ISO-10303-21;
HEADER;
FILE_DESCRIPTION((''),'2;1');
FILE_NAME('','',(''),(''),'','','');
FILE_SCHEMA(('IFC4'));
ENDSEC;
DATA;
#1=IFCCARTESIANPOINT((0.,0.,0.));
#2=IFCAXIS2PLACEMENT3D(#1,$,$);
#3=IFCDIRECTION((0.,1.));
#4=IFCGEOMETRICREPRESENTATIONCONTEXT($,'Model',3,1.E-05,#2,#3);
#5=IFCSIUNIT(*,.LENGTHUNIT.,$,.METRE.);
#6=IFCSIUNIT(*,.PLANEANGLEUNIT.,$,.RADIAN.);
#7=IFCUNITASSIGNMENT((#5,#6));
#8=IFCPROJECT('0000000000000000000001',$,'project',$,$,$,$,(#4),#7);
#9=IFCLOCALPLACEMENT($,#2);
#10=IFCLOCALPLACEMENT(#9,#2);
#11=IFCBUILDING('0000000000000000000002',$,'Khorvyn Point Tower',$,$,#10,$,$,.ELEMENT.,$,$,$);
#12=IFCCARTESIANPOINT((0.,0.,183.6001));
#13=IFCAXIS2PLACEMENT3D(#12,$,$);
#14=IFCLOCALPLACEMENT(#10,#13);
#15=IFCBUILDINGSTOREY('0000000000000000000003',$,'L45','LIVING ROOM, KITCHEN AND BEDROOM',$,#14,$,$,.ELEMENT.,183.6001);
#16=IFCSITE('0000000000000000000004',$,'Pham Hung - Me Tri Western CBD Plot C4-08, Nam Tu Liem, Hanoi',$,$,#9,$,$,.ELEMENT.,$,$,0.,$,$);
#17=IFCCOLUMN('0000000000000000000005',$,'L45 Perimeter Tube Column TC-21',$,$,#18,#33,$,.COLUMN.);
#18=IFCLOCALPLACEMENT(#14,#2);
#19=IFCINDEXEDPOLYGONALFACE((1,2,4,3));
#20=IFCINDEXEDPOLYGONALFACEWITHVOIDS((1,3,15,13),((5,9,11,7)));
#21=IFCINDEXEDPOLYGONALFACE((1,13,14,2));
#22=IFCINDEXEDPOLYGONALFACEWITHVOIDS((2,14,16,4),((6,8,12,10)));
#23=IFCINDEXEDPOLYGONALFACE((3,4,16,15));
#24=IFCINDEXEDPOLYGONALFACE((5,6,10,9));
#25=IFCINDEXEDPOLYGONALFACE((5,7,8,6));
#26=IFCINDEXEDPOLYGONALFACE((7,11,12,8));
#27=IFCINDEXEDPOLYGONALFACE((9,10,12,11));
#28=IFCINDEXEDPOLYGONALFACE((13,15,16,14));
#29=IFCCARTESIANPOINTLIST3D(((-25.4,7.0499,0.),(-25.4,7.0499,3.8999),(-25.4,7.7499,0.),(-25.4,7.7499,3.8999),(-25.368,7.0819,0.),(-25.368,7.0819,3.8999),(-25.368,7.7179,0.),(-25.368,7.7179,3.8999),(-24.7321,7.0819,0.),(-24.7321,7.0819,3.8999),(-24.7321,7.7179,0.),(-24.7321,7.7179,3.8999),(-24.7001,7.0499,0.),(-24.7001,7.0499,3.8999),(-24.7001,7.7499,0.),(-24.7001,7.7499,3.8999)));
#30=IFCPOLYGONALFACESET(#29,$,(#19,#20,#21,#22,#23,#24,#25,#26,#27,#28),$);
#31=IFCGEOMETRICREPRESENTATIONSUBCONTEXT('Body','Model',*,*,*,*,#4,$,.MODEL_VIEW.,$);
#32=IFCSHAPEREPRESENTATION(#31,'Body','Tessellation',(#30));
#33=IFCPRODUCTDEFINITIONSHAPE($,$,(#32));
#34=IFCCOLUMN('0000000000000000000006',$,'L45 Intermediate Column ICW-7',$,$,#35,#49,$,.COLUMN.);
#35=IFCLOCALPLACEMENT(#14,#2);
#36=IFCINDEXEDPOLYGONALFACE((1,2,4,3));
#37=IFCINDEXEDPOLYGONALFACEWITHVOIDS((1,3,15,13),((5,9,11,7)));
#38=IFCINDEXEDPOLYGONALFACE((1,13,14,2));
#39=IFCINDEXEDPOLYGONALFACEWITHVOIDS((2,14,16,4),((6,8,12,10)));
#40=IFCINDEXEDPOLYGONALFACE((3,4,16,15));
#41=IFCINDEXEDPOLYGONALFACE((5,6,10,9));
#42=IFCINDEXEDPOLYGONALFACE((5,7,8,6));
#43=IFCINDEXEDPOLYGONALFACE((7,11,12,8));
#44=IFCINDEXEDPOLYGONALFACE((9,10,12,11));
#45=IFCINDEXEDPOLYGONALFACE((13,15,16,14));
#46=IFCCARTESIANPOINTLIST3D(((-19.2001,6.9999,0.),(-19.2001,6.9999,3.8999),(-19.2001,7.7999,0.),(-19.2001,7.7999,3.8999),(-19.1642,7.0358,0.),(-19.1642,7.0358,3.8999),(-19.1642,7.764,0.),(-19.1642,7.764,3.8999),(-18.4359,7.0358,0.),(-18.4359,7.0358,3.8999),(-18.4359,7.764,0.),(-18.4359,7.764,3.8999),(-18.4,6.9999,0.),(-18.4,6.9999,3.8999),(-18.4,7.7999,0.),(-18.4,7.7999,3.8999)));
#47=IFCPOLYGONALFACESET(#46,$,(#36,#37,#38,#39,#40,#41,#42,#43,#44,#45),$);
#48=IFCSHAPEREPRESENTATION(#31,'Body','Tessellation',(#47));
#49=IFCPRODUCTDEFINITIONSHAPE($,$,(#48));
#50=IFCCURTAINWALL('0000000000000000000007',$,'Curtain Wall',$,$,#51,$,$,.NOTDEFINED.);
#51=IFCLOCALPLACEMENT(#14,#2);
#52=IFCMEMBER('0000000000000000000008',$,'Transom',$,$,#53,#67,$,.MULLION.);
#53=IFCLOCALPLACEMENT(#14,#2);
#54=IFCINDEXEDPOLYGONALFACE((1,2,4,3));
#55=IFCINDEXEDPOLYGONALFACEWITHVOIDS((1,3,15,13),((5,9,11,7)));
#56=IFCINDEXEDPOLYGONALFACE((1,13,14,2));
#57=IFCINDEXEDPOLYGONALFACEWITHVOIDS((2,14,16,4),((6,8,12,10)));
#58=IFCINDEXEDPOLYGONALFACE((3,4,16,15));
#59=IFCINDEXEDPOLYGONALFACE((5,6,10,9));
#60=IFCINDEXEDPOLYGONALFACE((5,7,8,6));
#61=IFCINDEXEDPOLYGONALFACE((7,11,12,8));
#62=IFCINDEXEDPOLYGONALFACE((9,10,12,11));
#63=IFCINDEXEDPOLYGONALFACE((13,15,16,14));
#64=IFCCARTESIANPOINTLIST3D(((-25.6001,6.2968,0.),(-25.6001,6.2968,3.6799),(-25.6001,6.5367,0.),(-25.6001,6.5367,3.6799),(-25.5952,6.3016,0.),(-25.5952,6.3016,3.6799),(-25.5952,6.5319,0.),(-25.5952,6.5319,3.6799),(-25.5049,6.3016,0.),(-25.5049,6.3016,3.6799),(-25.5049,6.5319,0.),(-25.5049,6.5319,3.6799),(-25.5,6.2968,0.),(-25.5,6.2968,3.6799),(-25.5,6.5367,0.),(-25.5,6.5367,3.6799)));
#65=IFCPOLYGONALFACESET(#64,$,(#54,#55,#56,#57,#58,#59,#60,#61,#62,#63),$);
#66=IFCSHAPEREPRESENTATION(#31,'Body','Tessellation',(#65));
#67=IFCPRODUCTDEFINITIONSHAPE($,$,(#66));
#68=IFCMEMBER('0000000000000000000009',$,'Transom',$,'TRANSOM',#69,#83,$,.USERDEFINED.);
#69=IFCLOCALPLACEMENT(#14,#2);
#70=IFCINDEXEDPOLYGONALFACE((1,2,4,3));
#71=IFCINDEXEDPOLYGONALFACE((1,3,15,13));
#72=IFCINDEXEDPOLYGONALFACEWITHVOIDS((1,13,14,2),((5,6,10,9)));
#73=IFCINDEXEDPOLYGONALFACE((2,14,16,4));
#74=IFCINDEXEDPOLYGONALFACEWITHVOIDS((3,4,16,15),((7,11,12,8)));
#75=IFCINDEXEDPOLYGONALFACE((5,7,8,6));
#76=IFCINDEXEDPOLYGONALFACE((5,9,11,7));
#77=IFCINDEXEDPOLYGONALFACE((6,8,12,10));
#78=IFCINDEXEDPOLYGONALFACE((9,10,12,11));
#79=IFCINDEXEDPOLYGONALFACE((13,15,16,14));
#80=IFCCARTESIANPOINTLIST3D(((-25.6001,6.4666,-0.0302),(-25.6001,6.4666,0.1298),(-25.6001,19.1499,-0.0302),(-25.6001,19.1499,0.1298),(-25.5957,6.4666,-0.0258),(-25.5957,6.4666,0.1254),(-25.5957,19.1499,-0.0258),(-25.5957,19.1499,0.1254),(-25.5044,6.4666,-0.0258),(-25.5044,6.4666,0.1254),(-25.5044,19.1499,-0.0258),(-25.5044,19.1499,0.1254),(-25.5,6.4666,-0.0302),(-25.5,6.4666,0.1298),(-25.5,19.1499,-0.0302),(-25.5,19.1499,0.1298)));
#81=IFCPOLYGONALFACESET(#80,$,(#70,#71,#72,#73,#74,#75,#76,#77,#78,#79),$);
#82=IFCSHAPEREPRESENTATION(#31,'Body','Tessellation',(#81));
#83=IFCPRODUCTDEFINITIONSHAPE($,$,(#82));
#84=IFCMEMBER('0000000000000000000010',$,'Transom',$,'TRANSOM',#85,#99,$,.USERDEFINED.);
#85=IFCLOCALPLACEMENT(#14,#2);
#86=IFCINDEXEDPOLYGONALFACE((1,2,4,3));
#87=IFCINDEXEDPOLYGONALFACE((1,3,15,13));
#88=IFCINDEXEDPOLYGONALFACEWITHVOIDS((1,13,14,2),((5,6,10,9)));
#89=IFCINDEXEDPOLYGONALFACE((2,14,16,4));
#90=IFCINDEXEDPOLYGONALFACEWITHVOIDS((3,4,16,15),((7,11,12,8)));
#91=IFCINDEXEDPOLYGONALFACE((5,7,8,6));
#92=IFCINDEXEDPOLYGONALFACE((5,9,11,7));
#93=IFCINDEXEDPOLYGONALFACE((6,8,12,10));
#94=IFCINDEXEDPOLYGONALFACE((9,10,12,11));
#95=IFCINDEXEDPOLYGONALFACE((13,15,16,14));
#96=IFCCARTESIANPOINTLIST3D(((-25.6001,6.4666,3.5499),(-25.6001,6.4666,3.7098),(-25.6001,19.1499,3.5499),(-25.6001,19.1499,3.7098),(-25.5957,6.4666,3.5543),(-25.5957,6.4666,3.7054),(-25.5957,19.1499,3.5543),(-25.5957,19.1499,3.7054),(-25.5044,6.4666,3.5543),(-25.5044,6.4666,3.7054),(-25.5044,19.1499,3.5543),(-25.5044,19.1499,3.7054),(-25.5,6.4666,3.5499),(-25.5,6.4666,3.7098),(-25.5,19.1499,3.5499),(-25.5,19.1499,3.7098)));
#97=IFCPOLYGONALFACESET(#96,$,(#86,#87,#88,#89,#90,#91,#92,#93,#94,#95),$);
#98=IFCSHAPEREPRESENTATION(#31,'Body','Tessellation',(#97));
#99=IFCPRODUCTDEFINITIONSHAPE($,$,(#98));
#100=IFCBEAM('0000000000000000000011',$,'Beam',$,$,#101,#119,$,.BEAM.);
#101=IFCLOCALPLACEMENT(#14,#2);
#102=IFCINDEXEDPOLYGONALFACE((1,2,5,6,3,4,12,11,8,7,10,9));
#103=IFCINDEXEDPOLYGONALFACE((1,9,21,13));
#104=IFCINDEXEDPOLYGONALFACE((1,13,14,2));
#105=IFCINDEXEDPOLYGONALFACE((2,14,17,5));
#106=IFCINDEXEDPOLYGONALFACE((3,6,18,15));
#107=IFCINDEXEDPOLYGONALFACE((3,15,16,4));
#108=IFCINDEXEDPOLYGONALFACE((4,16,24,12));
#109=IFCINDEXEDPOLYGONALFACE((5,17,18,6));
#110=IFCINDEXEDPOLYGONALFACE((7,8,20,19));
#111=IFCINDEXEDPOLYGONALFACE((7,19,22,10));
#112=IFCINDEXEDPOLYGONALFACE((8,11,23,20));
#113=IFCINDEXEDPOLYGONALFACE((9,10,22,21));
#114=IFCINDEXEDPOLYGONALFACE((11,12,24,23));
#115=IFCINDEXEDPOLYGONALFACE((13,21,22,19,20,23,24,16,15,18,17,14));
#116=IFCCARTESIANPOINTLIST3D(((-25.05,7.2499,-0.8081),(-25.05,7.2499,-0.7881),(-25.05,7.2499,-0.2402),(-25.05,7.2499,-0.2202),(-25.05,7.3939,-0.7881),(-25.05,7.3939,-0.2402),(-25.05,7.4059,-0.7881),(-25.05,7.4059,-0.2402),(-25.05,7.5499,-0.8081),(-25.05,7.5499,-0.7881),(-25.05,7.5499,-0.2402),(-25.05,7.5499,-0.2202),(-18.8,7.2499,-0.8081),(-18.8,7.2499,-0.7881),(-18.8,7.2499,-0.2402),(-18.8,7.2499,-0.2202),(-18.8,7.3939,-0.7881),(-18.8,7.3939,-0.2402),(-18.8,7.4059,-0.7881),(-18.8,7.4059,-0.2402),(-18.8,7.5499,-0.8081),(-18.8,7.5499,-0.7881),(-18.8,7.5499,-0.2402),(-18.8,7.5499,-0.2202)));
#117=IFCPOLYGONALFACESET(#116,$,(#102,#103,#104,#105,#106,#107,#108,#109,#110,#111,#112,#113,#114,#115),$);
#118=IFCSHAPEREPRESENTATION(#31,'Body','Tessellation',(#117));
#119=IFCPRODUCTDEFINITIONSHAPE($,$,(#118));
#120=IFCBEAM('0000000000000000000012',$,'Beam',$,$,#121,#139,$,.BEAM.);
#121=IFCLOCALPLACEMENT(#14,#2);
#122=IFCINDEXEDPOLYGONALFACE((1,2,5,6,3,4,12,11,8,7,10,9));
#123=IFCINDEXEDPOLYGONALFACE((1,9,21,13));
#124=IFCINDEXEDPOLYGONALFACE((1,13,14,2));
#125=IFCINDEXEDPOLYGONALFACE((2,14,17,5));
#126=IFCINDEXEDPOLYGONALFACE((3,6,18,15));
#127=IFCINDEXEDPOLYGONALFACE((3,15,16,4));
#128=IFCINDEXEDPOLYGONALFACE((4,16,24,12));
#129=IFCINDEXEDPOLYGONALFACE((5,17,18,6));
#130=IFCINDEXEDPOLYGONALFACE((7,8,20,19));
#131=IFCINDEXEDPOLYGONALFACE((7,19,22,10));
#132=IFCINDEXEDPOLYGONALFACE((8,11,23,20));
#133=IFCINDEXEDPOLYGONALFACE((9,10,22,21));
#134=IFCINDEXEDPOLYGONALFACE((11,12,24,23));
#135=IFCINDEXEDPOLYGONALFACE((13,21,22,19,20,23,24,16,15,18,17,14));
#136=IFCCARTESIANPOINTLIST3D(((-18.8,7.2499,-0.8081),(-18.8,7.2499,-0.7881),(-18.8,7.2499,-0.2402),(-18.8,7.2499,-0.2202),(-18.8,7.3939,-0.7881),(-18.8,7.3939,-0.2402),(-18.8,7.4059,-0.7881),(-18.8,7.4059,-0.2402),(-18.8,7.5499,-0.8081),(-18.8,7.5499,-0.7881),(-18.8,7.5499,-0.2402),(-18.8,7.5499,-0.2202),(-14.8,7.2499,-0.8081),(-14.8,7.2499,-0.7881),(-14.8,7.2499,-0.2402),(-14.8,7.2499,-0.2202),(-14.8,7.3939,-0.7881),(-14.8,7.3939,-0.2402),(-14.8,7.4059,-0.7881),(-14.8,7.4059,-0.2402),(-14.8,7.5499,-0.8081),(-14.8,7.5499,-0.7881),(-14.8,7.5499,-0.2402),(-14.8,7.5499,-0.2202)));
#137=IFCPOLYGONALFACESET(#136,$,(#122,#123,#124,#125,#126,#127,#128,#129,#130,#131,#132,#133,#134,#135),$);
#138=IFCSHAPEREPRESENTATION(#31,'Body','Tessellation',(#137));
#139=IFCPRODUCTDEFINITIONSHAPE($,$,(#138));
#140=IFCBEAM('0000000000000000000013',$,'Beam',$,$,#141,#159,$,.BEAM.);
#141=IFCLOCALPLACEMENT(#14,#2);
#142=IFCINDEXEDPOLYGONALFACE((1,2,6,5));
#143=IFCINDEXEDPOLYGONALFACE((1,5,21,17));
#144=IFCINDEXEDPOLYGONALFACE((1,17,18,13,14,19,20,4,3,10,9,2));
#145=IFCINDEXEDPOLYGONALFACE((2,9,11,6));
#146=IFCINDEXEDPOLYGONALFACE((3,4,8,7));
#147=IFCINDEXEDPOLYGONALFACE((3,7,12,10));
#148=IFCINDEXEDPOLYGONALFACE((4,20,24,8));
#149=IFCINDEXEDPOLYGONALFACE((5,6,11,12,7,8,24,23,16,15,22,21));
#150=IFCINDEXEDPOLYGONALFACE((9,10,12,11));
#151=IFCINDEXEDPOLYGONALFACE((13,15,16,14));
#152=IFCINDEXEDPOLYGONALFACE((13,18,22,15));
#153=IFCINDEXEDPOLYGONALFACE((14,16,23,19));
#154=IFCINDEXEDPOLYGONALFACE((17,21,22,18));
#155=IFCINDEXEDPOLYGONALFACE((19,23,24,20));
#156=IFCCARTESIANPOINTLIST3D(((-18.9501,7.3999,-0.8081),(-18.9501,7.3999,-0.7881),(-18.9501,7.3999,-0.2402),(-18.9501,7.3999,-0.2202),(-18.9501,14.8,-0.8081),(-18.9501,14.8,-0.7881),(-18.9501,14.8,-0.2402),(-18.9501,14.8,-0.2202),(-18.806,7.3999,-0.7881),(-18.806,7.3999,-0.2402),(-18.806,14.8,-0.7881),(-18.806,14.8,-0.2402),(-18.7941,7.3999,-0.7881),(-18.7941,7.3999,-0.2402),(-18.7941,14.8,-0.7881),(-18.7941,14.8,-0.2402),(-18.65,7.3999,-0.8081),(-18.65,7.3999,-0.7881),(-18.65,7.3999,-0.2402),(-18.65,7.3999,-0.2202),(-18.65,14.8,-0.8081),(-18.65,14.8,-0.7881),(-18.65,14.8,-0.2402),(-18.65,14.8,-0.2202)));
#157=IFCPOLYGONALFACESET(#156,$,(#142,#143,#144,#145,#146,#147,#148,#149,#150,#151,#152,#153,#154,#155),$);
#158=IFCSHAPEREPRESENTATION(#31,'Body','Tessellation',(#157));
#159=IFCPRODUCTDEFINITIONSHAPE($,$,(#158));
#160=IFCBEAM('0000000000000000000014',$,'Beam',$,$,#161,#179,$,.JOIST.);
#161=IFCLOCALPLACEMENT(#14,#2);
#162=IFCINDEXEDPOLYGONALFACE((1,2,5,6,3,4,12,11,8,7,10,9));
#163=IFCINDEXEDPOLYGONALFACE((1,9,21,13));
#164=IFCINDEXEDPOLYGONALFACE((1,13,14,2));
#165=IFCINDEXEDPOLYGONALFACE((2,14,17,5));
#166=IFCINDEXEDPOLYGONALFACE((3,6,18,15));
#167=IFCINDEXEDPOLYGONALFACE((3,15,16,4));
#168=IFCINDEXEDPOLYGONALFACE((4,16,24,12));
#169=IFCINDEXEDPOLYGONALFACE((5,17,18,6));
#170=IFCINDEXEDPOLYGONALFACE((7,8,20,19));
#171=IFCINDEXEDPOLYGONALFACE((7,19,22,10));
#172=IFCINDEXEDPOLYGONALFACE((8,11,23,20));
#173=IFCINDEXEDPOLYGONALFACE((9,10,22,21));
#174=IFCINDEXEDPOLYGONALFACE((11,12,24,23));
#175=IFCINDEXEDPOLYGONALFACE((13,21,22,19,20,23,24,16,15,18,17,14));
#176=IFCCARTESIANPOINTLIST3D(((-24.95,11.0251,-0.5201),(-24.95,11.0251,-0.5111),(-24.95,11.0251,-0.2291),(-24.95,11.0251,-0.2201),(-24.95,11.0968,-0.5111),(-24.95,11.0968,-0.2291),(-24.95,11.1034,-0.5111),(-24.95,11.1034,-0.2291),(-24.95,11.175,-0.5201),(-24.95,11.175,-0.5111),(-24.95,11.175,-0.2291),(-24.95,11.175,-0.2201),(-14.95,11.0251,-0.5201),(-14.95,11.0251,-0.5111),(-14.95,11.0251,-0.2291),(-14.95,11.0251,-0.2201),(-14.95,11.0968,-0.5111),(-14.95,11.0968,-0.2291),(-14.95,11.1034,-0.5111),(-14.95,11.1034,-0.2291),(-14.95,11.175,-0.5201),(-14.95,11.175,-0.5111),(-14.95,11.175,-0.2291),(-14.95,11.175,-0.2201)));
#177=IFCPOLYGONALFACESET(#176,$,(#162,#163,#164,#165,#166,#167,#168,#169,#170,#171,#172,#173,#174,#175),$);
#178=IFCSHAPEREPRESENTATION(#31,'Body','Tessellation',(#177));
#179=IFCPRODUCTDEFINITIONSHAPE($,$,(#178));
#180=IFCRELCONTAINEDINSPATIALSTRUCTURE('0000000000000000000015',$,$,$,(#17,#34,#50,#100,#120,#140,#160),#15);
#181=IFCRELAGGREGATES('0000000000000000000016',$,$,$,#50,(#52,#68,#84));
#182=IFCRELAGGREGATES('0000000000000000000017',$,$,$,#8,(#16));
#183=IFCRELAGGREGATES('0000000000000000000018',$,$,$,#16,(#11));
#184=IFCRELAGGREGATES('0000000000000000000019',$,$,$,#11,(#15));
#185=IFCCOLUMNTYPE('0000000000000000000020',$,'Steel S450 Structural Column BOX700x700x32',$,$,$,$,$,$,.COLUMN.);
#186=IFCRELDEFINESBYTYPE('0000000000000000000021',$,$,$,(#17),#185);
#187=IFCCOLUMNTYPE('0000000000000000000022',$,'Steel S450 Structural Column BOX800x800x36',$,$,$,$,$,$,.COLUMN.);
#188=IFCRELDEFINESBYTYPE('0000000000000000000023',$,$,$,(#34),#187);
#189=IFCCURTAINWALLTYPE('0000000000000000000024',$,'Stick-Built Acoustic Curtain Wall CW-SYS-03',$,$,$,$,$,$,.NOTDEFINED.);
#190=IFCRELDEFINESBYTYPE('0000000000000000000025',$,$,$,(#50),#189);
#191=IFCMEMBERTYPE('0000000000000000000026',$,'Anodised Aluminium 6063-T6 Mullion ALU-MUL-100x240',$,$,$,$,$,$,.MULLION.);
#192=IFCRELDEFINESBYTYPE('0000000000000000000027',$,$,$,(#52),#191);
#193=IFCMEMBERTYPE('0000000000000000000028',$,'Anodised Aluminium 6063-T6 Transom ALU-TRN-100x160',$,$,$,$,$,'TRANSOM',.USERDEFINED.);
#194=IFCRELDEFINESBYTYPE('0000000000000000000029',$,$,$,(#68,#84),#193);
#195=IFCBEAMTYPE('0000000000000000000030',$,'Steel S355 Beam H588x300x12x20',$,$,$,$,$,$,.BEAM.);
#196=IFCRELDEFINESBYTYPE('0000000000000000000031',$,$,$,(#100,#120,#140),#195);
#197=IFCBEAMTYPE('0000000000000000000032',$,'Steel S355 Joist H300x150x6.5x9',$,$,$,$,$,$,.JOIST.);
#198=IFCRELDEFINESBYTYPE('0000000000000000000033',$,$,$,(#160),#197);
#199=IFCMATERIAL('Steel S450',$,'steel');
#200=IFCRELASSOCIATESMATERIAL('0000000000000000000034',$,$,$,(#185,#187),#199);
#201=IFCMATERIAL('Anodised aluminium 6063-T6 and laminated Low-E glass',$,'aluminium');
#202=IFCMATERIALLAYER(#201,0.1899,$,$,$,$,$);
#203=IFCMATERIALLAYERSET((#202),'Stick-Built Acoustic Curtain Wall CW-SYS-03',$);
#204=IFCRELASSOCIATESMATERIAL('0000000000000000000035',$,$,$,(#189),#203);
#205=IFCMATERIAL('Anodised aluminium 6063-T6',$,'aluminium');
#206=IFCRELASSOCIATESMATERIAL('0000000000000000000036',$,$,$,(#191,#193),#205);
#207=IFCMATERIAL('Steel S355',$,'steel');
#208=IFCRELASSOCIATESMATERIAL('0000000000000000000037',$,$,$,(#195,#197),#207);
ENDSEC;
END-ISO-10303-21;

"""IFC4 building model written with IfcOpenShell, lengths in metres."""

from ifc_helpers import new_model, si_unit, direction, frame, origin, origin_2d, place, context, subcontext, project, spatial, hollow_rectangle, i_section, extrude, material, layer, layer_set, material_profile, profile_set, type_object, element, aggregate, save


model = new_model("IFC4")

# Units and contexts
model_context = context("Model", 3, precision=1e-05, world=origin(), true_north=direction((0.0, 1.0)))
body_context = subcontext(model_context, "Body", "Model", "MODEL_VIEW")
ifc_project = project(units=[si_unit("LENGTHUNIT", "METRE"), si_unit("PLANEANGLEUNIT", "RADIAN")], contexts=[model_context])

# Site, building, storey
site_placement = place(None, origin())
site = spatial("IfcSite", under=ifc_project, at=site_placement, Name="Pham Hung - Me Tri Western CBD Plot C4-08, Nam Tu Liem, Hanoi", CompositionType="ELEMENT", RefElevation=0.0)
building_placement = place(site_placement, origin())
building = spatial("IfcBuilding", under=site, at=building_placement, Name="Khorvyn Point Tower", CompositionType="ELEMENT")
storey_placement = place(building_placement, frame((0.0, 0.0, 183.6001)))
storey = spatial("IfcBuildingStorey", under=building, at=storey_placement, Name="L45", Description="LIVING ROOM, KITCHEN AND BEDROOM", CompositionType="ELEMENT", Elevation=183.6001)

# Columns
ifc_material_1 = material(Name="Steel S450", Category="steel")
ifc_material_profile_1 = material_profile(ifc_material_1, hollow_rectangle(XDim=0.7, YDim=0.7, WallThickness=0.032, at=origin_2d()))
ifc_profile_set_1 = profile_set([ifc_material_profile_1], Name="Steel S450 BOX700x700x32")
column_type_1 = type_object("IfcColumnType", Name="Steel S450 Structural Column BOX700x700x32", PredefinedType="COLUMN", material=ifc_profile_set_1)
column_1_placement = place(storey_placement, frame((-25.05, 7.3999, 0.0), z_axis=(0.0, 0.0, 1.0), x_axis=(1.0, 0.0, 0.0)))
element("IfcColumn", 1, at=column_1_placement, inside=storey, type_object=column_type_1, Name="L45 Perimeter Tube Column TC-21", PredefinedType="COLUMN", context=body_context, shape_type="SweptSolid", body=[
    extrude(hollow_rectangle(XDim=0.7, YDim=0.7, WallThickness=0.032, at=origin_2d()), origin(), (0.0, 0.0, 1.0), 3.8999),
])
ifc_material_profile_2 = material_profile(ifc_material_1, hollow_rectangle(XDim=0.8, YDim=0.8, WallThickness=0.0359, at=origin_2d()))
ifc_profile_set_2 = profile_set([ifc_material_profile_2], Name="Steel S450 BOX800x800x36")
column_type_2 = type_object("IfcColumnType", Name="Steel S450 Structural Column BOX800x800x36", PredefinedType="COLUMN", material=ifc_profile_set_2)
column_2_placement = place(storey_placement, frame((-18.8, 7.3999, 0.0), z_axis=(0.0, 0.0, 1.0), x_axis=(1.0, 0.0, 0.0)))
element("IfcColumn", 2, at=column_2_placement, inside=storey, type_object=column_type_2, Name="L45 Intermediate Column ICW-7", PredefinedType="COLUMN", context=body_context, shape_type="SweptSolid", body=[
    extrude(hollow_rectangle(XDim=0.8, YDim=0.8, WallThickness=0.0359, at=origin_2d()), origin(), (0.0, 0.0, 1.0), 3.8999),
])

# Curtain wall, members
ifc_material_2 = material(Name="Anodised aluminium 6063-T6 and laminated Low-E glass", Category="aluminium")
ifc_layer_1 = layer(ifc_material_2, 0.1899)
ifc_layer_set_1 = layer_set([ifc_layer_1], Name="Stick-Built Acoustic Curtain Wall CW-SYS-03")
curtain_wall_type = type_object("IfcCurtainWallType", Name="Stick-Built Acoustic Curtain Wall CW-SYS-03", PredefinedType="NOTDEFINED", material=ifc_layer_set_1)
curtain_wall_placement = place(storey_placement, origin())
curtain_wall = element("IfcCurtainWall", 3, at=curtain_wall_placement, inside=storey, type_object=curtain_wall_type, Name="Curtain Wall", PredefinedType="NOTDEFINED")
ifc_material_3 = material(Name="Anodised aluminium 6063-T6", Category="aluminium")
ifc_material_profile_3 = material_profile(ifc_material_3, hollow_rectangle(XDim=0.1001, YDim=0.24, WallThickness=0.0049, at=origin_2d()))
ifc_profile_set_3 = profile_set([ifc_material_profile_3], Name="Anodised aluminium 6063-T6 ALU-MUL-100x240")
member_type_1 = type_object("IfcMemberType", Name="Anodised Aluminium 6063-T6 Mullion ALU-MUL-100x240", PredefinedType="MULLION", material=ifc_profile_set_3)
member_1_placement = place(storey_placement, frame((-25.55, 6.4167, 0.0), z_axis=(0.0, 0.0, 1.0), x_axis=(-1.0, 0.0, 0.0)))
member_1 = element("IfcMember", 4, at=member_1_placement, type_object=member_type_1, Name="Transom", PredefinedType="MULLION", context=body_context, shape_type="SweptSolid", body=[
    extrude(hollow_rectangle(XDim=0.1001, YDim=0.24, WallThickness=0.0049, at=origin_2d()), origin(), (0.0, 0.0, 1.0), 3.6799),
])
ifc_material_profile_4 = material_profile(ifc_material_3, hollow_rectangle(XDim=0.1001, YDim=0.1599, WallThickness=0.0044, at=origin_2d()))
ifc_profile_set_4 = profile_set([ifc_material_profile_4], Name="Anodised aluminium 6063-T6 ALU-TRN-100x160")
member_type_2 = type_object("IfcMemberType", Name="Anodised Aluminium 6063-T6 Transom ALU-TRN-100x160", ElementType="TRANSOM", PredefinedType="USERDEFINED", material=ifc_profile_set_4)
member_2_placement = place(storey_placement, frame((-25.55, 6.4666, 0.0498), z_axis=(0.0, 1.0, 0.0), x_axis=(-1.0, 0.0, 0.0)))
member_2 = element("IfcMember", 5, at=member_2_placement, type_object=member_type_2, Name="Transom", ObjectType="TRANSOM", PredefinedType="USERDEFINED", context=body_context, shape_type="SweptSolid", body=[
    extrude(hollow_rectangle(XDim=0.1001, YDim=0.1599, WallThickness=0.0044, at=origin_2d()), origin(), (0.0, 0.0, 1.0), 12.6833),
])
member_3_placement = place(storey_placement, frame((-25.55, 6.4666, 3.6299), z_axis=(0.0, 1.0, 0.0), x_axis=(-1.0, 0.0, 0.0)))
member_3 = element("IfcMember", 6, at=member_3_placement, type_object=member_type_2, Name="Transom", ObjectType="TRANSOM", PredefinedType="USERDEFINED", context=body_context, shape_type="SweptSolid", body=[
    extrude(hollow_rectangle(XDim=0.1001, YDim=0.1599, WallThickness=0.0044, at=origin_2d()), origin(), (0.0, 0.0, 1.0), 12.6833),
])

# Beams
ifc_material_4 = material(Name="Steel S355", Category="steel")
ifc_material_profile_5 = material_profile(ifc_material_4, i_section(OverallWidth=0.3, OverallDepth=0.5879, WebThickness=0.012, FlangeThickness=0.02, at=origin_2d()))
ifc_profile_set_5 = profile_set([ifc_material_profile_5], Name="Steel S355 H588x300x12x20")
beam_type_1 = type_object("IfcBeamType", Name="Steel S355 Beam H588x300x12x20", PredefinedType="BEAM", material=ifc_profile_set_5)
beam_1_placement = place(storey_placement, frame((-25.05, 7.3999, -0.5142), z_axis=(1.0, 0.0, 0.0), x_axis=(0.0, 1.0, 0.0)))
element("IfcBeam", 7, at=beam_1_placement, inside=storey, type_object=beam_type_1, Name="Beam", PredefinedType="BEAM", context=body_context, shape_type="SweptSolid", body=[
    extrude(i_section(OverallWidth=0.3, OverallDepth=0.5879, WebThickness=0.012, FlangeThickness=0.02, at=origin_2d()), origin(), (0.0, 0.0, 1.0), 6.25),
])
beam_2_placement = place(storey_placement, frame((-18.8, 7.3999, -0.5142), z_axis=(1.0, 0.0, 0.0), x_axis=(0.0, 1.0, 0.0)))
element("IfcBeam", 8, at=beam_2_placement, inside=storey, type_object=beam_type_1, Name="Beam", PredefinedType="BEAM", context=body_context, shape_type="SweptSolid", body=[
    extrude(i_section(OverallWidth=0.3, OverallDepth=0.5879, WebThickness=0.012, FlangeThickness=0.02, at=origin_2d()), origin(), (0.0, 0.0, 1.0), 4.0),
])
beam_3_placement = place(storey_placement, frame((-18.8, 7.3999, -0.5142), z_axis=(0.0, 1.0, 0.0), x_axis=(-1.0, 0.0, 0.0)))
element("IfcBeam", 9, at=beam_3_placement, inside=storey, type_object=beam_type_1, Name="Beam", PredefinedType="BEAM", context=body_context, shape_type="SweptSolid", body=[
    extrude(i_section(OverallWidth=0.3, OverallDepth=0.5879, WebThickness=0.012, FlangeThickness=0.02, at=origin_2d()), origin(), (0.0, 0.0, 1.0), 7.4001),
])
ifc_material_profile_6 = material_profile(ifc_material_4, i_section(OverallWidth=0.1499, OverallDepth=0.3, WebThickness=0.0066, FlangeThickness=0.009, at=origin_2d()))
ifc_profile_set_6 = profile_set([ifc_material_profile_6], Name="Steel S355 H300x150x6.5x9")
beam_type_2 = type_object("IfcBeamType", Name="Steel S355 Joist H300x150x6.5x9", PredefinedType="JOIST", material=ifc_profile_set_6)
beam_4_placement = place(storey_placement, frame((-24.95, 11.1001, -0.3701), z_axis=(1.0, 0.0, 0.0), x_axis=(0.0, 1.0, 0.0)))
element("IfcBeam", 10, at=beam_4_placement, inside=storey, type_object=beam_type_2, Name="Beam", PredefinedType="JOIST", context=body_context, shape_type="SweptSolid", body=[
    extrude(i_section(OverallWidth=0.1499, OverallDepth=0.3, WebThickness=0.0066, FlangeThickness=0.009, at=origin_2d()), origin(), (0.0, 0.0, 1.0), 10.0),
])

aggregate(curtain_wall, [member_1, member_2, member_3])

save(model, "model.ifc")
